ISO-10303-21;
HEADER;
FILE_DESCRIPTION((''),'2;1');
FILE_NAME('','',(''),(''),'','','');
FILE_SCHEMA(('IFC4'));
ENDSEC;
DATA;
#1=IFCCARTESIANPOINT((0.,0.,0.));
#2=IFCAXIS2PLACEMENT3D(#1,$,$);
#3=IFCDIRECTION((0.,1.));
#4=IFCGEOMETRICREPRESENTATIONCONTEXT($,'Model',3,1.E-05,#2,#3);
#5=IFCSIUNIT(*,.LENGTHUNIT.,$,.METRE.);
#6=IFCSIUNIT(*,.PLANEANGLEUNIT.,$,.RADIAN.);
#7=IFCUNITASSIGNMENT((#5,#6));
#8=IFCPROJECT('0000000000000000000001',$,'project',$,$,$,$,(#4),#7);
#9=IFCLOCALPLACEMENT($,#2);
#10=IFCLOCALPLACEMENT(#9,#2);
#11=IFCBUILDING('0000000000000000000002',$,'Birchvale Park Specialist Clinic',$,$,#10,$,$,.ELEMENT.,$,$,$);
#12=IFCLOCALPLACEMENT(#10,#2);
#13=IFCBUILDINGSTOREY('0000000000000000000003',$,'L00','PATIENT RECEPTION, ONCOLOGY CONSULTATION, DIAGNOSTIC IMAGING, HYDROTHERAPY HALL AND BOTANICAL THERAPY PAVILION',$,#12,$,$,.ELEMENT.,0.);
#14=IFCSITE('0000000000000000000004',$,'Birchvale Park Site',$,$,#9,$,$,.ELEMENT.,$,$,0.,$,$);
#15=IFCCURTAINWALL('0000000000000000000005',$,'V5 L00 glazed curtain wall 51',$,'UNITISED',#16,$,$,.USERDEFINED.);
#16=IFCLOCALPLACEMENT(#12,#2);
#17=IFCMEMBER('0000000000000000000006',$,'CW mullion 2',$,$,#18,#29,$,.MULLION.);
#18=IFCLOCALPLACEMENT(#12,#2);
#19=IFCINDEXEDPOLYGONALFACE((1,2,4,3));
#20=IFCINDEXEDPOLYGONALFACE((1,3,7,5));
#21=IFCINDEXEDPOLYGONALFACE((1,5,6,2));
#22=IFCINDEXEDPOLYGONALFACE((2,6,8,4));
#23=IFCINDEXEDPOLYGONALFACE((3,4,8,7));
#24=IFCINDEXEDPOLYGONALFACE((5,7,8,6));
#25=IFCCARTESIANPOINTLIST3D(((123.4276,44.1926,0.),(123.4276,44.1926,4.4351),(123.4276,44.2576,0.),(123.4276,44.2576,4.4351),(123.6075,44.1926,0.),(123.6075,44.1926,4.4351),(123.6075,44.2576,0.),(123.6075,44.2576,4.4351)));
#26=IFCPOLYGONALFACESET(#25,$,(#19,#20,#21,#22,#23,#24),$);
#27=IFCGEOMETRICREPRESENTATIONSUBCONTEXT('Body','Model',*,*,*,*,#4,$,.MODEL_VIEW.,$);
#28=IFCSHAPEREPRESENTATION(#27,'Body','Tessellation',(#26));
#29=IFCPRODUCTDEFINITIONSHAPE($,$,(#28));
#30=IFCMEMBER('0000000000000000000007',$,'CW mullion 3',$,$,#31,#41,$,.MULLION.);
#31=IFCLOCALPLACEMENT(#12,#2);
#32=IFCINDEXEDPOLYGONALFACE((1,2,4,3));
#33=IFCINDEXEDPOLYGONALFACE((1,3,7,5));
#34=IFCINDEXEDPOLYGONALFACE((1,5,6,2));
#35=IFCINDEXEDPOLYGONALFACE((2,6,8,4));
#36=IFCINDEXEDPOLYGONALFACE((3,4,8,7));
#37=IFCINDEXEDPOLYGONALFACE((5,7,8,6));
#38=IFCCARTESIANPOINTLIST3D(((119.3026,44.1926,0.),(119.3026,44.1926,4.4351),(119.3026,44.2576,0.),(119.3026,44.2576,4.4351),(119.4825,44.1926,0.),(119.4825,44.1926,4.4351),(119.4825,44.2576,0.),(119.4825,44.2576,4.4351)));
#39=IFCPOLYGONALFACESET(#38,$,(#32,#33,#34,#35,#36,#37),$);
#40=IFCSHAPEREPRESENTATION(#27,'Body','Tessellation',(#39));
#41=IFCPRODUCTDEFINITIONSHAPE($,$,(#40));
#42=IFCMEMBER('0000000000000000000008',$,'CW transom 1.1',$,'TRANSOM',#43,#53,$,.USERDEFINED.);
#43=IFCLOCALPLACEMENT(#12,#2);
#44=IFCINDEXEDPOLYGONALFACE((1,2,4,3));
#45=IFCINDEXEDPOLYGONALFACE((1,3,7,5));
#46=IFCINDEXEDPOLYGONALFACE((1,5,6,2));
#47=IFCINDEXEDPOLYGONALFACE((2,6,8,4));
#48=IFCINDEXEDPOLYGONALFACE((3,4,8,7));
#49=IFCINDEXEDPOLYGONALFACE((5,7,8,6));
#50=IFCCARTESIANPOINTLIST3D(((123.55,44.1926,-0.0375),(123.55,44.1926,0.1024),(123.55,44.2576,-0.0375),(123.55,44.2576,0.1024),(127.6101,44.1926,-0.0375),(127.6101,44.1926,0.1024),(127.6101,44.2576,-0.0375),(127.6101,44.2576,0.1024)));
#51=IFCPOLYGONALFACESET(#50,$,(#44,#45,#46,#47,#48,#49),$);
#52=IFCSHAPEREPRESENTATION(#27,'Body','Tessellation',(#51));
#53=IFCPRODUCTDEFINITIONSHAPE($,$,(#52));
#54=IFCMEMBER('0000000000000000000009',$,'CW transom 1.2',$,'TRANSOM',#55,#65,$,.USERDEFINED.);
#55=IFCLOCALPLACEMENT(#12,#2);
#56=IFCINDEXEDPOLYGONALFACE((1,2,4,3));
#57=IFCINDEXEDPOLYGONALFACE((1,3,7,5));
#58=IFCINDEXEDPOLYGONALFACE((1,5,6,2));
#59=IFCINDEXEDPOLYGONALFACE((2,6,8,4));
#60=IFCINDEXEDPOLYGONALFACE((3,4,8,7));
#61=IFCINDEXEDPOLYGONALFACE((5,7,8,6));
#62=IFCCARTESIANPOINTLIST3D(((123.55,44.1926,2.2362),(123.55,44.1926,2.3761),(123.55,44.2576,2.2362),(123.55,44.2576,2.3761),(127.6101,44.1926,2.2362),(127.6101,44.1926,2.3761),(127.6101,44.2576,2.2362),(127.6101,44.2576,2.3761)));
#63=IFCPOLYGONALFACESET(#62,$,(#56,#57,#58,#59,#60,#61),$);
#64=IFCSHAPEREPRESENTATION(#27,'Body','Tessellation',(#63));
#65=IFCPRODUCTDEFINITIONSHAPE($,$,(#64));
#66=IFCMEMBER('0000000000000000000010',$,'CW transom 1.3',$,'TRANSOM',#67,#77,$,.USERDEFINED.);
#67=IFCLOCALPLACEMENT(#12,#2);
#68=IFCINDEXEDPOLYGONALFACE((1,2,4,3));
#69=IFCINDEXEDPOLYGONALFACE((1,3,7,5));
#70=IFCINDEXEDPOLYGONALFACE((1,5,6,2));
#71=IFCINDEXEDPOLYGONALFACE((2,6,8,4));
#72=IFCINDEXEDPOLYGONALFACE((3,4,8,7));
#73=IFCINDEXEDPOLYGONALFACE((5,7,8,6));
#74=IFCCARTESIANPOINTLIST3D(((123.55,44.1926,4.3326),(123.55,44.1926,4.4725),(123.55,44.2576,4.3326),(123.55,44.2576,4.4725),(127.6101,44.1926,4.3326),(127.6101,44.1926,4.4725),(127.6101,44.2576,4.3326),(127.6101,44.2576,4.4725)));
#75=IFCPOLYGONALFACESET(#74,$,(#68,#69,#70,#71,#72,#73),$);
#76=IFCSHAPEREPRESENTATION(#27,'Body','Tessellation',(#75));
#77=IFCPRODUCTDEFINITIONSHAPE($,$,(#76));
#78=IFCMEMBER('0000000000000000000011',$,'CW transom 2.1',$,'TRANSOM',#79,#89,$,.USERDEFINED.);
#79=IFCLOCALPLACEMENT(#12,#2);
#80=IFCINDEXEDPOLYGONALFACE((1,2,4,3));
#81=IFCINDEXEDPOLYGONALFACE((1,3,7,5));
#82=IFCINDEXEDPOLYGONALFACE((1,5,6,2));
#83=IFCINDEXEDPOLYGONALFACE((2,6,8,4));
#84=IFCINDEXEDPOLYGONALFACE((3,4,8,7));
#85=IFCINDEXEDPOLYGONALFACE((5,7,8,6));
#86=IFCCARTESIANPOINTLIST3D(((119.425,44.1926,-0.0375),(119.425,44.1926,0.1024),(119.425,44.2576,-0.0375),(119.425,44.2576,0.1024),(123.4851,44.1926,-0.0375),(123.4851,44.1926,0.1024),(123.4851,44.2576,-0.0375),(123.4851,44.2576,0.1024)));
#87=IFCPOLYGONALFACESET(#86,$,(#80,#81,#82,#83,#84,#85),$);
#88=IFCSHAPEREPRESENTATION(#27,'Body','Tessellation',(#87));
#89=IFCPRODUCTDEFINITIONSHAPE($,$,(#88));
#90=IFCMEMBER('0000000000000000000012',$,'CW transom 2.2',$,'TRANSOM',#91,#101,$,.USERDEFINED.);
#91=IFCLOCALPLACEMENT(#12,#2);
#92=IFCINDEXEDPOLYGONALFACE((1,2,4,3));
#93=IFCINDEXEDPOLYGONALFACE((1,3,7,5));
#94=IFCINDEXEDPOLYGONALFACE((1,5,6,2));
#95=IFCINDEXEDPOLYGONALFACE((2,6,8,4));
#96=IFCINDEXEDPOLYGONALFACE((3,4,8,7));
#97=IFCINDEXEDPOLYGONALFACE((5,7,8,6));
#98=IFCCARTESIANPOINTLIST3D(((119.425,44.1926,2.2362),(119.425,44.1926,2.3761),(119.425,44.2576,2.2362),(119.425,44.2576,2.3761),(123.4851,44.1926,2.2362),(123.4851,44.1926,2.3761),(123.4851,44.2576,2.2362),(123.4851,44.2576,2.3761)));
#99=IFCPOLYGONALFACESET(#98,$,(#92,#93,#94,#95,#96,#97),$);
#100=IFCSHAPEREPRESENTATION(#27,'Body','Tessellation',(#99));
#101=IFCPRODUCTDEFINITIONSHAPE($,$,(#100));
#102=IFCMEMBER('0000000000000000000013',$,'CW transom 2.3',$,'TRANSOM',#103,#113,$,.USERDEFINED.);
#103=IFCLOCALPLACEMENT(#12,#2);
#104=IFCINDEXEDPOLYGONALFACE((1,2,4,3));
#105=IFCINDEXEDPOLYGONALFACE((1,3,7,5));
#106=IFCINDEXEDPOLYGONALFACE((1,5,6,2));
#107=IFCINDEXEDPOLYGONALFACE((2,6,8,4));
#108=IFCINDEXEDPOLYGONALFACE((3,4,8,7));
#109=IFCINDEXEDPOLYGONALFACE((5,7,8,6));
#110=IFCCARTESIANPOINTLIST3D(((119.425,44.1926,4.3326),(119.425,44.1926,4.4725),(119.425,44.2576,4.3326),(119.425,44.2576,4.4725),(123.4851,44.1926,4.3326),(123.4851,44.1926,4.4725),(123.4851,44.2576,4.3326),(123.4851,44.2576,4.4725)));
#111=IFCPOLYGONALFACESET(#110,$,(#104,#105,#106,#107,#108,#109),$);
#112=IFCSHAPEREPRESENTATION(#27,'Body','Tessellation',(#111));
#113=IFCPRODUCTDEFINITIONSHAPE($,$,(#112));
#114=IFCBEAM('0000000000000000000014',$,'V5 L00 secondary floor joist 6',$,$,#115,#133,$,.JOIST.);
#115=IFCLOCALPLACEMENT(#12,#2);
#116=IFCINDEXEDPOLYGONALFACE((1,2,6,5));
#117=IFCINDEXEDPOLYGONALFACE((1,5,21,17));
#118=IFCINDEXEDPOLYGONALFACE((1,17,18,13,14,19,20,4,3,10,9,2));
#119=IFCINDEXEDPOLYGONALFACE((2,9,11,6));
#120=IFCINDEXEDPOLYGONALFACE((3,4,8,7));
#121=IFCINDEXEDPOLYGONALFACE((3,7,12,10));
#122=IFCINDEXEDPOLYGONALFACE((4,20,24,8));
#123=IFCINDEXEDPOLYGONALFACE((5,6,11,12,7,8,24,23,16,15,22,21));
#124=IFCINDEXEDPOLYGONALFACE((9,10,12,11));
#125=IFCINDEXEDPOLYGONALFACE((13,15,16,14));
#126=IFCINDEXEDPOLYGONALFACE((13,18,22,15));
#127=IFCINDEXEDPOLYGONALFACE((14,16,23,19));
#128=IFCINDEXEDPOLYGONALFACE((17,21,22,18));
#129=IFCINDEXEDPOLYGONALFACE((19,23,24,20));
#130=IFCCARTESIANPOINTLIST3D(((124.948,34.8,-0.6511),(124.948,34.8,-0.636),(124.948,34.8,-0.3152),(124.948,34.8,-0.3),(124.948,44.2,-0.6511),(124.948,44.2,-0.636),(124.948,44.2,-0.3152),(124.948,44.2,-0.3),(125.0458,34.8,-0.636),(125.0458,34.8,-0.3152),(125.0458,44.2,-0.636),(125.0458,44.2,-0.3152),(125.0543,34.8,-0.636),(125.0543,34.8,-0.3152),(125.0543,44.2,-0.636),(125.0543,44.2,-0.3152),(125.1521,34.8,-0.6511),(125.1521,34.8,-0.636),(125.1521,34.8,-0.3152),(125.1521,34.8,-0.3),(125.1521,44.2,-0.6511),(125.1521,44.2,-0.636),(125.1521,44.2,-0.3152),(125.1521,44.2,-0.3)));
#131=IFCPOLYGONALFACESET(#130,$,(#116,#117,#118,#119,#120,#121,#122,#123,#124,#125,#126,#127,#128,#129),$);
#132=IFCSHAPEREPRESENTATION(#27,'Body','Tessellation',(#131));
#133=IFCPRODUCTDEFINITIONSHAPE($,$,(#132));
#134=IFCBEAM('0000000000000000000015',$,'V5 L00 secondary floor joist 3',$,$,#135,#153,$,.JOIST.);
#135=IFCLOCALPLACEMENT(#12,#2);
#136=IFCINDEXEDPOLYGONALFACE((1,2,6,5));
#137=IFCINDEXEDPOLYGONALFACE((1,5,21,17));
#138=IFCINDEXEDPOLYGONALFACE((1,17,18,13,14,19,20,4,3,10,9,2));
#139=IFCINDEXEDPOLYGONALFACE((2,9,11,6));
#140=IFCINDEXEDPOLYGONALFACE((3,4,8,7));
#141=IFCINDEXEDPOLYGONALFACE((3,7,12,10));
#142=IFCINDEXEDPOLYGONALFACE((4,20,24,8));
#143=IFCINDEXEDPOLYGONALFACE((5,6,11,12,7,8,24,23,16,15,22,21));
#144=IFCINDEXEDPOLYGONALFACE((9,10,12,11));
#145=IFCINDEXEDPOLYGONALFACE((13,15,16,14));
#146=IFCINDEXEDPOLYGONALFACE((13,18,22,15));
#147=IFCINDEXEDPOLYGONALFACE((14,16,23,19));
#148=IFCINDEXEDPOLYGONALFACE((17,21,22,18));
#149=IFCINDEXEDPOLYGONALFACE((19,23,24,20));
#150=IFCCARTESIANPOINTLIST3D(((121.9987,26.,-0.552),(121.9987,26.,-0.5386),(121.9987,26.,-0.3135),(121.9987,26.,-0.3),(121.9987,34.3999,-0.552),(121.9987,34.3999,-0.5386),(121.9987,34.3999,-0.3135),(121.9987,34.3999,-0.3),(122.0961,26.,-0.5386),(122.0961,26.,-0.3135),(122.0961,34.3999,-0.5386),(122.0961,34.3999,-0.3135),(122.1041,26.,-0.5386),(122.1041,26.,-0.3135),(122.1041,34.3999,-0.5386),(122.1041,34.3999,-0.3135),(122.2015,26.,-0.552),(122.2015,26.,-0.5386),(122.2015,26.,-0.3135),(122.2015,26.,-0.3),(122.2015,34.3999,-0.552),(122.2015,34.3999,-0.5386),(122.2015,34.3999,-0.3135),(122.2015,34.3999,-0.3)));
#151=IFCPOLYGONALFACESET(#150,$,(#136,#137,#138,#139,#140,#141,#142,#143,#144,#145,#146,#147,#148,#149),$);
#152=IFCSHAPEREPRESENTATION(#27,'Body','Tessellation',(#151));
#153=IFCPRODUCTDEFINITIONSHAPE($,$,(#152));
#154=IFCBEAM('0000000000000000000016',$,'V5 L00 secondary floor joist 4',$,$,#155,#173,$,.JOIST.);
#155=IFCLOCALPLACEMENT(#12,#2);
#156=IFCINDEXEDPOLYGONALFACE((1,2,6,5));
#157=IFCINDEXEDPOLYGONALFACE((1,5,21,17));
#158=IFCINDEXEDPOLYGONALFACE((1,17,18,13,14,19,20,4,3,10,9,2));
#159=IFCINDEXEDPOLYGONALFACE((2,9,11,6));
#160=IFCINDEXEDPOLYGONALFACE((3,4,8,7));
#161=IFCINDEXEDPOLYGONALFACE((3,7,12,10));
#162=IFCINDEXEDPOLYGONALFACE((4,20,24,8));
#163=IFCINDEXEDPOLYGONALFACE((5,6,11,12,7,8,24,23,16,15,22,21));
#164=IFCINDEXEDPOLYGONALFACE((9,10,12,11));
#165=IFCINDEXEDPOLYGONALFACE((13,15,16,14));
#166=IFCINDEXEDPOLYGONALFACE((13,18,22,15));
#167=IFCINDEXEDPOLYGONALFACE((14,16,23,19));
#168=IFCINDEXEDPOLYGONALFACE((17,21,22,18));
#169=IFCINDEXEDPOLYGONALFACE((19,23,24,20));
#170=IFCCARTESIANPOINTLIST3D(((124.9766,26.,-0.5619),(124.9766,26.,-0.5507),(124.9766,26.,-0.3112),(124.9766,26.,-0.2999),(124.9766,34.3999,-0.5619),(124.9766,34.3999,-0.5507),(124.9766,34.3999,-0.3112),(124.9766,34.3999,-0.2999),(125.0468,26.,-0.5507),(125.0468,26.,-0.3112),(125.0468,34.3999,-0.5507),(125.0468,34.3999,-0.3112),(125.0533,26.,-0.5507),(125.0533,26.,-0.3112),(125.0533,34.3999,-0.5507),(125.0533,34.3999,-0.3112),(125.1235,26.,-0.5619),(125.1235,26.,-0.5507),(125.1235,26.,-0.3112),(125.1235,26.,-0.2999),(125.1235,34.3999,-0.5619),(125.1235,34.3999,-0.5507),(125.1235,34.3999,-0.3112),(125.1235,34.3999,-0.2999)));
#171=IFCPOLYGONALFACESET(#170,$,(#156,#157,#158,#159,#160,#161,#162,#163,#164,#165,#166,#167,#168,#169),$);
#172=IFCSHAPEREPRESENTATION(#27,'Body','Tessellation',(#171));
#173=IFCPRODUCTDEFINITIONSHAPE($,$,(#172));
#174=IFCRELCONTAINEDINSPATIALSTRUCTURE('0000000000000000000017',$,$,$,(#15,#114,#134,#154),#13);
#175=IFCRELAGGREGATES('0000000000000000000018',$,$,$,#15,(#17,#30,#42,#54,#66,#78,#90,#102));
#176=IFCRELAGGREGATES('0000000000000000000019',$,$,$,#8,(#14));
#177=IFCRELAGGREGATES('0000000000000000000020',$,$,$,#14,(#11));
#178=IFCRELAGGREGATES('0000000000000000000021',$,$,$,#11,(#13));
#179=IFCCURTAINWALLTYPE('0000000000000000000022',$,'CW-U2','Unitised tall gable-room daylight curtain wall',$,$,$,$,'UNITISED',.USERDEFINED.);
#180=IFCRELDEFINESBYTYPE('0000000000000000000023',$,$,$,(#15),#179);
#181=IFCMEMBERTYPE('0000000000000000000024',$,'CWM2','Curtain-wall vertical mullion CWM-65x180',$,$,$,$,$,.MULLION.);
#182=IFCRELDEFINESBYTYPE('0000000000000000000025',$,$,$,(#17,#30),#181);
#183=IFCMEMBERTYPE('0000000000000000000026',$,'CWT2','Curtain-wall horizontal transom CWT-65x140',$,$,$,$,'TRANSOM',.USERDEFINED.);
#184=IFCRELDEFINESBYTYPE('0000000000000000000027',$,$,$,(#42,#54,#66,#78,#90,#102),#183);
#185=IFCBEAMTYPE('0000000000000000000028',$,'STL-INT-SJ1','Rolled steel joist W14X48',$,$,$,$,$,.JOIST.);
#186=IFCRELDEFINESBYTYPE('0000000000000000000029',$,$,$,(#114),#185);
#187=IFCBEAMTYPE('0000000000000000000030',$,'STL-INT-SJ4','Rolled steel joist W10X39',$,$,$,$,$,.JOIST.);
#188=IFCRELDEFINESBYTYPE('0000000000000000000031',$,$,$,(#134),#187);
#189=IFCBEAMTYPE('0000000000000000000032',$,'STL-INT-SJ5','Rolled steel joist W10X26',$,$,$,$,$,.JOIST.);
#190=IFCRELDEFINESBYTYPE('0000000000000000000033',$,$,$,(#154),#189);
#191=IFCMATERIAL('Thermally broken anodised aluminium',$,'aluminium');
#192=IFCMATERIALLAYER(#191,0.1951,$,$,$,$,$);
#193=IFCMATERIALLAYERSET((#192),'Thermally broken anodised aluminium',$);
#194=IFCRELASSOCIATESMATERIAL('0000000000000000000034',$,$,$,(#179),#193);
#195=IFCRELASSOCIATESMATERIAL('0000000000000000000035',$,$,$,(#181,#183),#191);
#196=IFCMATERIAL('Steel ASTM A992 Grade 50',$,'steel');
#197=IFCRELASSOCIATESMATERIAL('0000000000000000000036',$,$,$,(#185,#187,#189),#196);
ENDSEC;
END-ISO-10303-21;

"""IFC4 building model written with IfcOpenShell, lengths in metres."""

from ifc_helpers import new_model, si_unit, direction, frame, origin, origin_2d, place, context, subcontext, project, spatial, rectangle, i_section, extrude, material, layer, layer_set, material_profile, profile_set, type_object, element, aggregate, save


model = new_model("IFC4")

# Units and contexts
model_context = context("Model", 3, precision=1e-05, world=origin(), true_north=direction((0.0, 1.0)))
body_context = subcontext(model_context, "Body", "Model", "MODEL_VIEW")
ifc_project = project(units=[si_unit("LENGTHUNIT", "METRE"), si_unit("PLANEANGLEUNIT", "RADIAN")], contexts=[model_context])

# Site, building, storey
site_placement = place(None, origin())
site = spatial("IfcSite", under=ifc_project, at=site_placement, Name="Birchvale Park Site", CompositionType="ELEMENT", RefElevation=0.0)
building_placement = place(site_placement, origin())
building = spatial("IfcBuilding", under=site, at=building_placement, Name="Birchvale Park Specialist Clinic", CompositionType="ELEMENT")
storey_placement = place(building_placement, origin())
storey = spatial("IfcBuildingStorey", under=building, at=storey_placement, Name="L00", Description="PATIENT RECEPTION, ONCOLOGY CONSULTATION, DIAGNOSTIC IMAGING, HYDROTHERAPY HALL AND BOTANICAL THERAPY PAVILION", CompositionType="ELEMENT", Elevation=0.0)

# Curtain wall, members
ifc_material_1 = material(Name="Thermally broken anodised aluminium", Category="aluminium")
ifc_layer_1 = layer(ifc_material_1, 0.1951)
ifc_layer_set_1 = layer_set([ifc_layer_1], Name="Thermally broken anodised aluminium")
curtain_wall_type = type_object("IfcCurtainWallType", Name="CW-U2", Description="Unitised tall gable-room daylight curtain wall", ElementType="UNITISED", PredefinedType="USERDEFINED", material=ifc_layer_set_1)
curtain_wall_placement = place(storey_placement, origin())
curtain_wall = element("IfcCurtainWall", 1, at=curtain_wall_placement, inside=storey, type_object=curtain_wall_type, Name="V5 L00 glazed curtain wall 51", ObjectType="UNITISED", PredefinedType="USERDEFINED")
ifc_material_profile_1 = material_profile(ifc_material_1, rectangle(XDim=0.0649, YDim=0.1799, at=origin_2d()), Name="CWM-65x180")
ifc_profile_set_1 = profile_set([ifc_material_profile_1], Name="Thermally broken anodised aluminium")
member_type_1 = type_object("IfcMemberType", Name="CWM2", Description="Curtain-wall vertical mullion CWM-65x180", PredefinedType="MULLION", material=ifc_profile_set_1)
member_1_placement = place(storey_placement, frame((123.5176, 44.2251, 0.0), z_axis=(0.0, 0.0, 1.0), x_axis=(0.0, -1.0, 0.0)))
member_1 = element("IfcMember", 2, at=member_1_placement, type_object=member_type_1, Name="CW mullion 2", PredefinedType="MULLION", context=body_context, shape_type="SweptSolid", body=[
    extrude(rectangle(XDim=0.0649, YDim=0.1799, at=origin_2d()), origin(), (0.0, 0.0, 1.0), 4.4351),
])
member_2_placement = place(storey_placement, frame((119.3926, 44.2251, 0.0), z_axis=(0.0, 0.0, 1.0), x_axis=(0.0, -1.0, 0.0)))
member_2 = element("IfcMember", 3, at=member_2_placement, type_object=member_type_1, Name="CW mullion 3", PredefinedType="MULLION", context=body_context, shape_type="SweptSolid", body=[
    extrude(rectangle(XDim=0.0649, YDim=0.1799, at=origin_2d()), origin(), (0.0, 0.0, 1.0), 4.4351),
])
ifc_material_profile_2 = material_profile(ifc_material_1, rectangle(XDim=0.0649, YDim=0.1399, at=origin_2d()), Name="CWT-65x140")
ifc_profile_set_2 = profile_set([ifc_material_profile_2], Name="Thermally broken anodised aluminium")
member_type_2 = type_object("IfcMemberType", Name="CWT2", Description="Curtain-wall horizontal transom CWT-65x140", ElementType="TRANSOM", PredefinedType="USERDEFINED", material=ifc_profile_set_2)
member_3_placement = place(storey_placement, frame((127.6101, 44.2251, 0.0325), z_axis=(-1.0, 0.0, 0.0), x_axis=(0.0, -1.0, 0.0)))
member_3 = element("IfcMember", 4, at=member_3_placement, type_object=member_type_2, Name="CW transom 1.1", ObjectType="TRANSOM", PredefinedType="USERDEFINED", context=body_context, shape_type="SweptSolid", body=[
    extrude(rectangle(XDim=0.0649, YDim=0.1399, at=origin_2d()), origin(), (0.0, 0.0, 1.0), 4.0601),
])
member_4_placement = place(storey_placement, frame((127.6101, 44.2251, 2.3062), z_axis=(-1.0, 0.0, 0.0), x_axis=(0.0, -1.0, 0.0)))
member_4 = element("IfcMember", 5, at=member_4_placement, type_object=member_type_2, Name="CW transom 1.2", ObjectType="TRANSOM", PredefinedType="USERDEFINED", context=body_context, shape_type="SweptSolid", body=[
    extrude(rectangle(XDim=0.0649, YDim=0.1399, at=origin_2d()), origin(), (0.0, 0.0, 1.0), 4.0601),
])
member_5_placement = place(storey_placement, frame((127.6101, 44.2251, 4.4026), z_axis=(-1.0, 0.0, 0.0), x_axis=(0.0, -1.0, 0.0)))
member_5 = element("IfcMember", 6, at=member_5_placement, type_object=member_type_2, Name="CW transom 1.3", ObjectType="TRANSOM", PredefinedType="USERDEFINED", context=body_context, shape_type="SweptSolid", body=[
    extrude(rectangle(XDim=0.0649, YDim=0.1399, at=origin_2d()), origin(), (0.0, 0.0, 1.0), 4.0601),
])
member_6_placement = place(storey_placement, frame((123.4851, 44.2251, 0.0325), z_axis=(-1.0, 0.0, 0.0), x_axis=(0.0, -1.0, 0.0)))
member_6 = element("IfcMember", 7, at=member_6_placement, type_object=member_type_2, Name="CW transom 2.1", ObjectType="TRANSOM", PredefinedType="USERDEFINED", context=body_context, shape_type="SweptSolid", body=[
    extrude(rectangle(XDim=0.0649, YDim=0.1399, at=origin_2d()), origin(), (0.0, 0.0, 1.0), 4.0601),
])
member_7_placement = place(storey_placement, frame((123.4851, 44.2251, 2.3062), z_axis=(-1.0, 0.0, 0.0), x_axis=(0.0, -1.0, 0.0)))
member_7 = element("IfcMember", 8, at=member_7_placement, type_object=member_type_2, Name="CW transom 2.2", ObjectType="TRANSOM", PredefinedType="USERDEFINED", context=body_context, shape_type="SweptSolid", body=[
    extrude(rectangle(XDim=0.0649, YDim=0.1399, at=origin_2d()), origin(), (0.0, 0.0, 1.0), 4.0601),
])
member_8_placement = place(storey_placement, frame((123.4851, 44.2251, 4.4026), z_axis=(-1.0, 0.0, 0.0), x_axis=(0.0, -1.0, 0.0)))
member_8 = element("IfcMember", 9, at=member_8_placement, type_object=member_type_2, Name="CW transom 2.3", ObjectType="TRANSOM", PredefinedType="USERDEFINED", context=body_context, shape_type="SweptSolid", body=[
    extrude(rectangle(XDim=0.0649, YDim=0.1399, at=origin_2d()), origin(), (0.0, 0.0, 1.0), 4.0601),
])

# Beams
ifc_material_2 = material(Name="Steel ASTM A992 Grade 50", Category="steel")
ifc_material_profile_3 = material_profile(ifc_material_2, i_section(OverallWidth=0.2041, OverallDepth=0.3511, WebThickness=0.0085, FlangeThickness=0.0151, at=origin_2d()), Name="W14X48")
ifc_profile_set_3 = profile_set([ifc_material_profile_3], Name="Steel ASTM A992 Grade 50")
beam_type_1 = type_object("IfcBeamType", Name="STL-INT-SJ1", Description="Rolled steel joist W14X48", PredefinedType="JOIST", material=ifc_profile_set_3)
beam_1_placement = place(storey_placement, frame((125.05, 34.8, -0.4756), z_axis=(0.0, 1.0, 0.0), x_axis=(-1.0, 0.0, 0.0)))
element("IfcBeam", 10, at=beam_1_placement, inside=storey, type_object=beam_type_1, Name="V5 L00 secondary floor joist 6", PredefinedType="JOIST", context=body_context, shape_type="SweptSolid", body=[
    extrude(i_section(OverallWidth=0.2041, OverallDepth=0.3511, WebThickness=0.0085, FlangeThickness=0.0151, at=origin_2d()), origin(), (0.0, 0.0, 1.0), 9.3999),
])
ifc_material_profile_4 = material_profile(ifc_material_2, i_section(OverallWidth=0.2029, OverallDepth=0.252, WebThickness=0.0081, FlangeThickness=0.0134, at=origin_2d()), Name="W10X39")
ifc_profile_set_4 = profile_set([ifc_material_profile_4], Name="Steel ASTM A992 Grade 50")
beam_type_2 = type_object("IfcBeamType", Name="STL-INT-SJ4", Description="Rolled steel joist W10X39", PredefinedType="JOIST", material=ifc_profile_set_4)
beam_2_placement = place(storey_placement, frame((122.1001, 26.0, -0.426), z_axis=(0.0, 1.0, 0.0), x_axis=(-1.0, 0.0, 0.0)))
element("IfcBeam", 11, at=beam_2_placement, inside=storey, type_object=beam_type_2, Name="V5 L00 secondary floor joist 3", PredefinedType="JOIST", context=body_context, shape_type="SweptSolid", body=[
    extrude(i_section(OverallWidth=0.2029, OverallDepth=0.252, WebThickness=0.0081, FlangeThickness=0.0134, at=origin_2d()), origin(), (0.0, 0.0, 1.0), 8.3999),
])
ifc_material_profile_5 = material_profile(ifc_material_2, i_section(OverallWidth=0.147, OverallDepth=0.262, WebThickness=0.0066, FlangeThickness=0.0112, at=origin_2d()), Name="W10X26")
ifc_profile_set_5 = profile_set([ifc_material_profile_5], Name="Steel ASTM A992 Grade 50")
beam_type_3 = type_object("IfcBeamType", Name="STL-INT-SJ5", Description="Rolled steel joist W10X26", PredefinedType="JOIST", material=ifc_profile_set_5)
beam_3_placement = place(storey_placement, frame((125.05, 26.0, -0.4309), z_axis=(0.0, 1.0, 0.0), x_axis=(-1.0, 0.0, 0.0)))
element("IfcBeam", 12, at=beam_3_placement, inside=storey, type_object=beam_type_3, Name="V5 L00 secondary floor joist 4", PredefinedType="JOIST", context=body_context, shape_type="SweptSolid", body=[
    extrude(i_section(OverallWidth=0.147, OverallDepth=0.262, WebThickness=0.0066, FlangeThickness=0.0112, at=origin_2d()), origin(), (0.0, 0.0, 1.0), 8.3999),
])

aggregate(curtain_wall, [member_1, member_2, member_3, member_4, member_5, member_6, member_7, member_8])

save(model, "model.ifc")
